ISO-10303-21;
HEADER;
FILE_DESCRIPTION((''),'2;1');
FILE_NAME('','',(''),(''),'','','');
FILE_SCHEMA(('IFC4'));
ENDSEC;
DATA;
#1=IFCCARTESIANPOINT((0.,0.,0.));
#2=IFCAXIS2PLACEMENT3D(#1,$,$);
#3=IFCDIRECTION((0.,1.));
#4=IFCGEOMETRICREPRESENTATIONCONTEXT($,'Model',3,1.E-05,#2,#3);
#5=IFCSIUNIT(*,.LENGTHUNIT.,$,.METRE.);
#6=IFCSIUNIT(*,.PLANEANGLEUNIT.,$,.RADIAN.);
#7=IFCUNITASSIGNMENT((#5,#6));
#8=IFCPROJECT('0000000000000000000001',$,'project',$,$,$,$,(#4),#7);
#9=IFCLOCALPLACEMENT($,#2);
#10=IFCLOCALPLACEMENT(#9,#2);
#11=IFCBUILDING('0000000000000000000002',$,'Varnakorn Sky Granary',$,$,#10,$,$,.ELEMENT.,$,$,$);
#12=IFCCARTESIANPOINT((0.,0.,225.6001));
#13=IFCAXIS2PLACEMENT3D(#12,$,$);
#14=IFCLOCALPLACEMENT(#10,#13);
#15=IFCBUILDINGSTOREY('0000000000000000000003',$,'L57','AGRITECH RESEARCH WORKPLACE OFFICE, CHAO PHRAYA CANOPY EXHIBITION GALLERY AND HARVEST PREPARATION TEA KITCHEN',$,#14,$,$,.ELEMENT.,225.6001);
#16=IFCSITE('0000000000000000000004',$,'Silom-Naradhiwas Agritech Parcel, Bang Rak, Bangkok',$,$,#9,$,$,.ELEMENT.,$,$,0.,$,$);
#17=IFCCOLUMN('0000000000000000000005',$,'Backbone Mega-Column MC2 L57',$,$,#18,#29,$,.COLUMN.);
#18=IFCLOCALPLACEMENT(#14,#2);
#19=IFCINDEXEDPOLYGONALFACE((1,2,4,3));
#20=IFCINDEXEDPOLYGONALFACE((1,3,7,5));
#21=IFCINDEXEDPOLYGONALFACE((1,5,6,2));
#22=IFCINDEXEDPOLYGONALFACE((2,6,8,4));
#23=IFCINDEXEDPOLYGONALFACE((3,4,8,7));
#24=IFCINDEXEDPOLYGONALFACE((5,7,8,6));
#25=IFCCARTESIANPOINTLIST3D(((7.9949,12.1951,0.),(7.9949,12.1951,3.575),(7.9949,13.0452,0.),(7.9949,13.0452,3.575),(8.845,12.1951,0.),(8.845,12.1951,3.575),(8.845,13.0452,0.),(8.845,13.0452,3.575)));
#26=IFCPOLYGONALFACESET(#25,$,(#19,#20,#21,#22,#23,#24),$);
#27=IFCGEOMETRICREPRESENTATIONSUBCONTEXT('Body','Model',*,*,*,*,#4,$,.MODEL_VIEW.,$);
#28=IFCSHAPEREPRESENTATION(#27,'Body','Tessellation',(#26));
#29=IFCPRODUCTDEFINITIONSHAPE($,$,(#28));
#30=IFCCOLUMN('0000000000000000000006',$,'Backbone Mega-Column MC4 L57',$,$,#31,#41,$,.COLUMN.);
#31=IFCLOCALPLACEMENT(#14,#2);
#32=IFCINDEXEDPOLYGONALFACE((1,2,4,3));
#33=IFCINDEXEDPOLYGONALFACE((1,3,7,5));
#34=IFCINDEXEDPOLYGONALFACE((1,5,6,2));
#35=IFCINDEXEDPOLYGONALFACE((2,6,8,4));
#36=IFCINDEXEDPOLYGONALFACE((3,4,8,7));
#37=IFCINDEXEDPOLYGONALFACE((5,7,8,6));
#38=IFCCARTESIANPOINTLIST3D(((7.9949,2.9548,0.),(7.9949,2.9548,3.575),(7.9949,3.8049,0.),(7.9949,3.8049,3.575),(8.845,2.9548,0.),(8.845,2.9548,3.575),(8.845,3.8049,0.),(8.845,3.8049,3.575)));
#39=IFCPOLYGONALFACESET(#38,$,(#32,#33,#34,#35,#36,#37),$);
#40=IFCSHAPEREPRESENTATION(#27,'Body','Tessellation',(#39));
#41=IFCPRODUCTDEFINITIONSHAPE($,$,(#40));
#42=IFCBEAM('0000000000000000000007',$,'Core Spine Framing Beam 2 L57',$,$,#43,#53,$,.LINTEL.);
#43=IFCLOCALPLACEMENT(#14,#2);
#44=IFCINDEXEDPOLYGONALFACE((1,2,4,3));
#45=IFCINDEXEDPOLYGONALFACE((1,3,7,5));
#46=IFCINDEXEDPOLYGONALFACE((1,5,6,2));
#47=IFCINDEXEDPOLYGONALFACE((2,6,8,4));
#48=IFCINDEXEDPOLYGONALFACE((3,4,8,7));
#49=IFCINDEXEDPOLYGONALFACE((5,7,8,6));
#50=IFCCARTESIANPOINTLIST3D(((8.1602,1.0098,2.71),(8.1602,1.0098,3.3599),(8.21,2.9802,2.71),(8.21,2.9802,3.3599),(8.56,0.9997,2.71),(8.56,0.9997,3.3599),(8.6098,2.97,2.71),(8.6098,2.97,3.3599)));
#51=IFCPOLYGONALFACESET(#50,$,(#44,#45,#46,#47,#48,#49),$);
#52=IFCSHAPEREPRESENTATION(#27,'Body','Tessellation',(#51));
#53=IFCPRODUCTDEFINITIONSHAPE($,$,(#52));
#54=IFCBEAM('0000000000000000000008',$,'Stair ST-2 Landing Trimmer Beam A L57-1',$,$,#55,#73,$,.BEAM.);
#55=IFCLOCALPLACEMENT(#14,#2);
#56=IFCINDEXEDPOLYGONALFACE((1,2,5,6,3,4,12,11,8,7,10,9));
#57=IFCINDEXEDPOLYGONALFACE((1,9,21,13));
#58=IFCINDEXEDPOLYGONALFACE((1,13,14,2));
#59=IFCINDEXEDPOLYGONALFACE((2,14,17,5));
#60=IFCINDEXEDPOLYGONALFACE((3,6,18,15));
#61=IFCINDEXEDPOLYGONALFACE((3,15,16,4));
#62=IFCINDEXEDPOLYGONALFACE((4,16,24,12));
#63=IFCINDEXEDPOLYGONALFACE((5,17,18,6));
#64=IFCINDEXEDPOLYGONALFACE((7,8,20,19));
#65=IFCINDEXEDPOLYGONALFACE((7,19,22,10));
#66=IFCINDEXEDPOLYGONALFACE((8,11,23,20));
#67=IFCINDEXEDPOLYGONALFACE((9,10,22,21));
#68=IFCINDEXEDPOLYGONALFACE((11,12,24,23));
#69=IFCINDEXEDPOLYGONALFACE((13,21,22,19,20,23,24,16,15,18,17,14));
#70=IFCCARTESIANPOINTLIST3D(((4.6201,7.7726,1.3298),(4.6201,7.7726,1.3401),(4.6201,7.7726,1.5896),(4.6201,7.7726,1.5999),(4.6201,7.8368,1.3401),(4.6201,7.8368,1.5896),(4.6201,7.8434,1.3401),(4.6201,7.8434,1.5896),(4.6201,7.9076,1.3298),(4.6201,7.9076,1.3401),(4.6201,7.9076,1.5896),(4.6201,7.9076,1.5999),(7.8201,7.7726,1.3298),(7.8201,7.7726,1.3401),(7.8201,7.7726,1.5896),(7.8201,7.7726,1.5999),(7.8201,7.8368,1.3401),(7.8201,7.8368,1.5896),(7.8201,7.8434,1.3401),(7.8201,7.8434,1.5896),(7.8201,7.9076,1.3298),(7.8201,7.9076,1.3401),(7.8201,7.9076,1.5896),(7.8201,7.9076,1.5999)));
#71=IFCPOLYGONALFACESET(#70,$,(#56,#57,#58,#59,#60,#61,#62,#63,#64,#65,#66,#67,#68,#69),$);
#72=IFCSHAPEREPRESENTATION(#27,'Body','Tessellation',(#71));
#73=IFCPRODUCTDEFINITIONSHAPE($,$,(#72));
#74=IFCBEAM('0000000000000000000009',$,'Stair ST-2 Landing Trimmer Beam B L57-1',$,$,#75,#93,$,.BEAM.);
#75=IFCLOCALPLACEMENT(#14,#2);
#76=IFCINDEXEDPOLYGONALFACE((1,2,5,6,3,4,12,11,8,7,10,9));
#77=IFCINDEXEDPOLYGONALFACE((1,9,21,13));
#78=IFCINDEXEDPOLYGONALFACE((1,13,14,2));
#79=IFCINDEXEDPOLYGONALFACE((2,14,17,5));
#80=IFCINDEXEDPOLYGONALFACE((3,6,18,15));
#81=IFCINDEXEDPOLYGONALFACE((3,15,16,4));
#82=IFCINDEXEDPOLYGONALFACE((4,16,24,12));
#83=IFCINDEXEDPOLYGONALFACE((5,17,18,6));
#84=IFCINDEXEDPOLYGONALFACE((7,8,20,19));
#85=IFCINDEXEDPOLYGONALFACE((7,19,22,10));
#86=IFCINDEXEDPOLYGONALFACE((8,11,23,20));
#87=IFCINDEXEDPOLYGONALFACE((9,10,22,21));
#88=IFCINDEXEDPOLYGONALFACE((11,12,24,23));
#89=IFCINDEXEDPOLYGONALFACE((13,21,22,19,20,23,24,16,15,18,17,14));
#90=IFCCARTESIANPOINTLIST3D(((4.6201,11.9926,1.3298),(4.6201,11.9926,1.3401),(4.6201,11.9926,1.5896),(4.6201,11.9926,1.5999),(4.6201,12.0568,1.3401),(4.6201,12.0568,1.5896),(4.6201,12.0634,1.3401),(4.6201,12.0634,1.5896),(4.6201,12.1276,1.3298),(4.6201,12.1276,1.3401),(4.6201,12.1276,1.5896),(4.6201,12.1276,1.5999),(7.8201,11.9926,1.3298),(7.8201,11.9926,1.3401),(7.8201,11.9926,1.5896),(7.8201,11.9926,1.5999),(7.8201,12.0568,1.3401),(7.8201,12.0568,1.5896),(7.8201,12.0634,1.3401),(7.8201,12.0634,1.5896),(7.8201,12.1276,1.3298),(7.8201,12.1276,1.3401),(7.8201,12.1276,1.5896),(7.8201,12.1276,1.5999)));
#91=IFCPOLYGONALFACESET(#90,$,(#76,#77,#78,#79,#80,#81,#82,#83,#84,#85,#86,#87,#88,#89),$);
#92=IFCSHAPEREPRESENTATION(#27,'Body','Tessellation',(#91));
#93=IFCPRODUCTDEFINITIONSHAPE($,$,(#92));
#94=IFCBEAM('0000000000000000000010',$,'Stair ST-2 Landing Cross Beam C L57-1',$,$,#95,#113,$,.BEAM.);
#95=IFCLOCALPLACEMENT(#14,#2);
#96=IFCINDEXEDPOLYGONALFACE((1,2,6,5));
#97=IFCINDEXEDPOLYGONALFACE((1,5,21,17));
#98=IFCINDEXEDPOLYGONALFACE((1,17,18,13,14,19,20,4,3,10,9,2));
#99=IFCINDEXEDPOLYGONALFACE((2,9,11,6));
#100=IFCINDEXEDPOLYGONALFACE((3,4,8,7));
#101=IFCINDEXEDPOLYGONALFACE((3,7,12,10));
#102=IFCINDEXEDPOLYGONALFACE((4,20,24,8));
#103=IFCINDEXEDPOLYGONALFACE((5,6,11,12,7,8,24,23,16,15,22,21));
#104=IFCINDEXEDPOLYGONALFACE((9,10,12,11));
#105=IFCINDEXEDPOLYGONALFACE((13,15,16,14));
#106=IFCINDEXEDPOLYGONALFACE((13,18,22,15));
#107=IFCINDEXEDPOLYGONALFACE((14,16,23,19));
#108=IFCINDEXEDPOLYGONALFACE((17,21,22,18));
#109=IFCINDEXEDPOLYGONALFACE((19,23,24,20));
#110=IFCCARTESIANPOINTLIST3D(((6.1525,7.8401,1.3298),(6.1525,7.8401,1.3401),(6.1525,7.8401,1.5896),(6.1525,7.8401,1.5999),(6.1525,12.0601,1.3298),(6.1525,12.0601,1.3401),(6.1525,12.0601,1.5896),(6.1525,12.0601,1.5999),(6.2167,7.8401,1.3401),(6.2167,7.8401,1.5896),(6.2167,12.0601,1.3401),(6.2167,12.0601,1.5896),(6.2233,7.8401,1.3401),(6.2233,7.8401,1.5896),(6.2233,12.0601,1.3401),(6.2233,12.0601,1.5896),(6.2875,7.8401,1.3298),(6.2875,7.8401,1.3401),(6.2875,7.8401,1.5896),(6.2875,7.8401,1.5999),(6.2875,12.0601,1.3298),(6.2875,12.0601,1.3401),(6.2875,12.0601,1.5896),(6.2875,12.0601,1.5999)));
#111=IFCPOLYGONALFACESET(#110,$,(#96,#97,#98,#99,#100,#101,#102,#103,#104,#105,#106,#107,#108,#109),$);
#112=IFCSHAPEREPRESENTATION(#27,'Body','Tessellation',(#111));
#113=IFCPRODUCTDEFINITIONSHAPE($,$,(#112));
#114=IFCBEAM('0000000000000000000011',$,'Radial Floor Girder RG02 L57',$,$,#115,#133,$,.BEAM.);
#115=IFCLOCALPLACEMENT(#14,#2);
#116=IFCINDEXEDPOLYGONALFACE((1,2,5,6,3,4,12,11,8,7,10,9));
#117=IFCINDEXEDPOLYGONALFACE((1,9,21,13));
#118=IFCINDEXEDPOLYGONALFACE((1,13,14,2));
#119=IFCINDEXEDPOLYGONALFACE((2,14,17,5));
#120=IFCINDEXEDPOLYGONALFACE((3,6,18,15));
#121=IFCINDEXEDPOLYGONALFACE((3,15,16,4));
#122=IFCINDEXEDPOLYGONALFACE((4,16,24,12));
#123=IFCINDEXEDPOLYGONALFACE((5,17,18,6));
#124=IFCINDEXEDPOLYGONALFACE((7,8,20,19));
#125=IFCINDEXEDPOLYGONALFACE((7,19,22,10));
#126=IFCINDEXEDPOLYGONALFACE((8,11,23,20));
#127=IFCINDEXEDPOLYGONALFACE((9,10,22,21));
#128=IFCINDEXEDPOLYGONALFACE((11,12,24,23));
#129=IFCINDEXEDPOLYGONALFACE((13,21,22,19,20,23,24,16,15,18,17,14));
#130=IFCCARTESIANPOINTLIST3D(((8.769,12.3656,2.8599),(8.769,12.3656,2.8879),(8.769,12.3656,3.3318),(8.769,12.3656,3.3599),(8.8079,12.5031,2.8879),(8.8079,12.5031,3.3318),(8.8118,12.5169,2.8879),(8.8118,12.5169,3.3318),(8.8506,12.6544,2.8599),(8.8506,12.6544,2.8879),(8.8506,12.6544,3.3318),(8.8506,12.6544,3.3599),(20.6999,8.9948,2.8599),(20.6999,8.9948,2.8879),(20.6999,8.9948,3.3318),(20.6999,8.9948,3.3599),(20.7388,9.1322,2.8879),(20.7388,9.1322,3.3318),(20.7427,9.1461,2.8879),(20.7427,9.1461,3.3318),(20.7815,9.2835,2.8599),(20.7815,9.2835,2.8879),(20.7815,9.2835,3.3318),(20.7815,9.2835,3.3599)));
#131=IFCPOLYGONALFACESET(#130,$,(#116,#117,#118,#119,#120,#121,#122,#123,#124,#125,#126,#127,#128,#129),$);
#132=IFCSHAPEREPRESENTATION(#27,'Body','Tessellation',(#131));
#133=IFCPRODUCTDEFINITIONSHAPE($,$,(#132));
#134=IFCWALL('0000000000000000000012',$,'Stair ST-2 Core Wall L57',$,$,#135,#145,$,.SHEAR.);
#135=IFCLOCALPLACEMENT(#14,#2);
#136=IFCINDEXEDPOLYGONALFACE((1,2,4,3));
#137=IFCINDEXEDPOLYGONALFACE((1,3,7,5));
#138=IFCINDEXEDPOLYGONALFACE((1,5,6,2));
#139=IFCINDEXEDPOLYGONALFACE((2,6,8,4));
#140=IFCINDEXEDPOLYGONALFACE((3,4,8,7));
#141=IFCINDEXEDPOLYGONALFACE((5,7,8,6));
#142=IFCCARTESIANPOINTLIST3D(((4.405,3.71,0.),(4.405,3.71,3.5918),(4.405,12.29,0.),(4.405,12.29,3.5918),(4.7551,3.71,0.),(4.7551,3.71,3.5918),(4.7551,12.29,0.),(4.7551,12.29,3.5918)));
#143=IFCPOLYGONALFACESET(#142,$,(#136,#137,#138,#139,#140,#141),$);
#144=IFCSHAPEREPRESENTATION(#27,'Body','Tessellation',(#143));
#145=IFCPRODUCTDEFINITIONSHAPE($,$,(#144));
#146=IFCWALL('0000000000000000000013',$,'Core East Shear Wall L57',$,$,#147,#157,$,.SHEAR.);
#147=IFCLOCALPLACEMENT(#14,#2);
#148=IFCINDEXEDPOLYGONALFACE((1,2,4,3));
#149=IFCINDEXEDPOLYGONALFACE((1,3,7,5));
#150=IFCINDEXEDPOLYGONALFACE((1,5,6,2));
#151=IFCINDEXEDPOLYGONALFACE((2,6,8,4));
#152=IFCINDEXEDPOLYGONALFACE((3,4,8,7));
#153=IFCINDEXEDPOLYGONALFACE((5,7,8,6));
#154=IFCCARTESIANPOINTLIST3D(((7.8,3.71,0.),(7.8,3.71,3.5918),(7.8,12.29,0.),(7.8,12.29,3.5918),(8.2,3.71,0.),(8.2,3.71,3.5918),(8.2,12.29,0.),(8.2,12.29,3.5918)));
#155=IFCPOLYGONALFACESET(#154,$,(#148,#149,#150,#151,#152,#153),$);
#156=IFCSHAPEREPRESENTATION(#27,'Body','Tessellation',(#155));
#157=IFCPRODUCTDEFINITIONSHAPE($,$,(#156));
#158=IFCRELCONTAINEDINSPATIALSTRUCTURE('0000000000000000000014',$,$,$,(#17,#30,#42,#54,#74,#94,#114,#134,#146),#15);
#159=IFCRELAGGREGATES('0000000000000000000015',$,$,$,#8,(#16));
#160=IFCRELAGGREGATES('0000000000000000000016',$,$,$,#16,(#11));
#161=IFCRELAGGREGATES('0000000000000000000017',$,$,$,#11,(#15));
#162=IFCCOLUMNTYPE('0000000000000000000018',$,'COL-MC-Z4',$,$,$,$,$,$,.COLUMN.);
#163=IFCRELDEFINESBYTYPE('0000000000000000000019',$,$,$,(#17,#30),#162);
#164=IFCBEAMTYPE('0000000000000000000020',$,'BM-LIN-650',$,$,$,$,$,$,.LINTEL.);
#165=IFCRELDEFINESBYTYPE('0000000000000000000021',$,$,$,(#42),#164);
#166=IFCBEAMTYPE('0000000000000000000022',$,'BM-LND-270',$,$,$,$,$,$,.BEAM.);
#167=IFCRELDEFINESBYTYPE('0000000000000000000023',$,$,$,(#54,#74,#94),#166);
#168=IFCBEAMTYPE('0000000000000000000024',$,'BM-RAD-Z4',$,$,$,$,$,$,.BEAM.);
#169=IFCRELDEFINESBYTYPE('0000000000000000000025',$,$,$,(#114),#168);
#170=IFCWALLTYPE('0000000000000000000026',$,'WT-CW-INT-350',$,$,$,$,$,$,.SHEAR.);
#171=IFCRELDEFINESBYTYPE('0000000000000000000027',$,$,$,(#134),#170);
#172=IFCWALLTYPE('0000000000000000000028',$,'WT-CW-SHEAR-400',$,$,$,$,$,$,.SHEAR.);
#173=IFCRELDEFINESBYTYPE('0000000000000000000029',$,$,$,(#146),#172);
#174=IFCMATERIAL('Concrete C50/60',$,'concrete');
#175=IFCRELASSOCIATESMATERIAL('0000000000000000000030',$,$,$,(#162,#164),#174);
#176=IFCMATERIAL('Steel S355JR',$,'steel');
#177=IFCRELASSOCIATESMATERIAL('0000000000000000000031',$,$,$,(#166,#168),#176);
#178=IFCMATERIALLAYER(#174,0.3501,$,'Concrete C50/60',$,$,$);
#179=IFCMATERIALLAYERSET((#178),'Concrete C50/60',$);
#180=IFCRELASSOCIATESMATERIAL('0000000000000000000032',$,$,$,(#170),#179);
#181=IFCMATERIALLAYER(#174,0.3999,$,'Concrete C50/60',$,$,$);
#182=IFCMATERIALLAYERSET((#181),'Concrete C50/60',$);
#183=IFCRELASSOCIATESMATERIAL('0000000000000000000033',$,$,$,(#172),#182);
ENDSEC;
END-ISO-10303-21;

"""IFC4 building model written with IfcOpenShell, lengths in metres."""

from ifc_helpers import new_model, si_unit, direction, frame, frame_2d, origin, origin_2d, place, context, subcontext, project, spatial, rectangle, i_section, extrude, material, layer, layer_set, material_profile, profile_set, type_object, element, save


model = new_model("IFC4")

# Units and contexts
model_context = context("Model", 3, precision=1e-05, world=origin(), true_north=direction((0.0, 1.0)))
body_context = subcontext(model_context, "Body", "Model", "MODEL_VIEW")
ifc_project = project(units=[si_unit("LENGTHUNIT", "METRE"), si_unit("PLANEANGLEUNIT", "RADIAN")], contexts=[model_context])

# Site, building, storey
site_placement = place(None, origin())
site = spatial("IfcSite", under=ifc_project, at=site_placement, Name="Silom-Naradhiwas Agritech Parcel, Bang Rak, Bangkok", CompositionType="ELEMENT", RefElevation=0.0)
building_placement = place(site_placement, origin())
building = spatial("IfcBuilding", under=site, at=building_placement, Name="Varnakorn Sky Granary", CompositionType="ELEMENT")
storey_placement = place(building_placement, frame((0.0, 0.0, 225.6001)))
storey = spatial("IfcBuildingStorey", under=building, at=storey_placement, Name="L57", Description="AGRITECH RESEARCH WORKPLACE OFFICE, CHAO PHRAYA CANOPY EXHIBITION GALLERY AND HARVEST PREPARATION TEA KITCHEN", CompositionType="ELEMENT", Elevation=225.6001)

# Columns
ifc_material_1 = material(Name="Concrete C50/60", Category="concrete")
ifc_material_profile_1 = material_profile(ifc_material_1, rectangle(XDim=0.8501, YDim=0.8501, at=origin_2d()), Name="RC 850x850")
ifc_profile_set_1 = profile_set([ifc_material_profile_1], Name="Concrete C50/60")
column_type = type_object("IfcColumnType", Name="COL-MC-Z4", PredefinedType="COLUMN", material=ifc_profile_set_1)
for number, where, z_axis, x_axis, name in (
    (1, (8.4199, 12.6201, 0.0), (0.0, 0.0, 1.0), (1.0, 0.0, 0.0), "Backbone Mega-Column MC2 L57"),
    (2, (8.4199, 3.3799, 0.0), (0.0, 0.0, 1.0), (1.0, 0.0, 0.0), "Backbone Mega-Column MC4 L57"),
):
    element("IfcColumn", number, at=place(storey_placement, frame(where, z_axis=z_axis, x_axis=x_axis)), inside=storey, type_object=column_type, Name=name, PredefinedType="COLUMN", context=body_context, shape_type="SweptSolid", body=[
        extrude(rectangle(XDim=0.8501, YDim=0.8501, at=origin_2d()), origin(), (0.0, 0.0, 1.0), 3.575),
    ])

# Beams
ifc_material_profile_2 = material_profile(ifc_material_1, rectangle(XDim=0.3999, YDim=0.6499, at=origin_2d()), Name="RC 400x650")
ifc_profile_set_2 = profile_set([ifc_material_profile_2], Name="Concrete C50/60")
beam_type_1 = type_object("IfcBeamType", Name="BM-LIN-650", PredefinedType="LINTEL", material=ifc_profile_set_2)
beam_1_placement = place(storey_placement, frame((8.4099, 2.9751, 3.0349), z_axis=(-0.025271, -0.999681, 0.0), x_axis=(0.999681, -0.025271, 0.0)))
element("IfcBeam", 3, at=beam_1_placement, inside=storey, type_object=beam_type_1, Name="Core Spine Framing Beam 2 L57", PredefinedType="LINTEL", context=body_context, shape_type="SweptSolid", body=[
    extrude(rectangle(XDim=0.3999, YDim=0.6499, at=origin_2d()), origin(), (0.0, 0.0, 1.0), 1.9709),
])
ifc_material_2 = material(Name="Steel S355JR", Category="steel")
ifc_material_profile_3 = material_profile(ifc_material_2, i_section(OverallWidth=0.135, OverallDepth=0.27, WebThickness=0.0066, FlangeThickness=0.0103, at=origin_2d()), Name="IPE 270")
ifc_profile_set_3 = profile_set([ifc_material_profile_3], Name="Steel S355JR")
beam_type_2 = type_object("IfcBeamType", Name="BM-LND-270", PredefinedType="BEAM", material=ifc_profile_set_3)
for number, where, z_axis, x_axis, name in (
    (4, (4.6201, 7.8401, 1.4648), (1.0, 0.0, 0.0), (0.0, 1.0, 0.0), "Stair ST-2 Landing Trimmer Beam A L57-1"),
    (5, (4.6201, 12.0601, 1.4648), (1.0, 0.0, 0.0), (0.0, 1.0, 0.0), "Stair ST-2 Landing Trimmer Beam B L57-1"),
):
    element("IfcBeam", number, at=place(storey_placement, frame(where, z_axis=z_axis, x_axis=x_axis)), inside=storey, type_object=beam_type_2, Name=name, PredefinedType="BEAM", context=body_context, shape_type="SweptSolid", body=[
        extrude(i_section(OverallWidth=0.135, OverallDepth=0.27, WebThickness=0.0066, FlangeThickness=0.0103, at=origin_2d()), origin(), (0.0, 0.0, 1.0), 3.2),
    ])
beam_2_placement = place(storey_placement, frame((6.22, 7.8401, 1.4648), z_axis=(0.0, 1.0, 0.0), x_axis=(-1.0, 0.0, 0.0)))
element("IfcBeam", 6, at=beam_2_placement, inside=storey, type_object=beam_type_2, Name="Stair ST-2 Landing Cross Beam C L57-1", PredefinedType="BEAM", context=body_context, shape_type="SweptSolid", body=[
    extrude(i_section(OverallWidth=0.135, OverallDepth=0.27, WebThickness=0.0066, FlangeThickness=0.0103, at=origin_2d()), origin(), (0.0, 0.0, 1.0), 4.22),
])
ifc_material_profile_4 = material_profile(ifc_material_2, i_section(OverallWidth=0.3, OverallDepth=0.5, WebThickness=0.0144, FlangeThickness=0.0281, at=origin_2d()), Name="HE 500 B")
ifc_profile_set_4 = profile_set([ifc_material_profile_4], Name="Steel S355JR")
beam_type_3 = type_object("IfcBeamType", Name="BM-RAD-Z4", PredefinedType="BEAM", material=ifc_profile_set_4)
beam_3_placement = place(storey_placement, frame((8.8098, 12.51, 3.1099), z_axis=(0.962329, -0.271888, 0.0), x_axis=(0.271888, 0.962329, 0.0)))
element("IfcBeam", 7, at=beam_3_placement, inside=storey, type_object=beam_type_3, Name="Radial Floor Girder RG02 L57", PredefinedType="BEAM", context=body_context, shape_type="SweptSolid", body=[
    extrude(i_section(OverallWidth=0.3, OverallDepth=0.5, WebThickness=0.0144, FlangeThickness=0.0281, at=origin_2d()), origin(), (0.0, 0.0, 1.0), 12.3979),
])

# Walls
ifc_layer_1 = layer(ifc_material_1, 0.3501, Name="Concrete C50/60")
ifc_layer_set_1 = layer_set([ifc_layer_1], Name="Concrete C50/60")
wall_type_1 = type_object("IfcWallType", Name="WT-CW-INT-350", PredefinedType="SHEAR", material=ifc_layer_set_1)
wall_1_placement = place(storey_placement, frame((4.5801, 3.71, 0.0), z_axis=(0.0, 0.0, 1.0), x_axis=(0.0, 1.0, 0.0)))
element("IfcWall", 8, at=wall_1_placement, inside=storey, type_object=wall_type_1, Name="Stair ST-2 Core Wall L57", PredefinedType="SHEAR", context=body_context, shape_type="SweptSolid", body=[
    extrude(rectangle(XDim=8.5801, YDim=0.3501, at=frame_2d((4.29, 0.0))), origin(), (0.0, 0.0, 1.0), 3.5918),
])
ifc_layer_2 = layer(ifc_material_1, 0.3999, Name="Concrete C50/60")
ifc_layer_set_2 = layer_set([ifc_layer_2], Name="Concrete C50/60")
wall_type_2 = type_object("IfcWallType", Name="WT-CW-SHEAR-400", PredefinedType="SHEAR", material=ifc_layer_set_2)
wall_2_placement = place(storey_placement, frame((8.0, 3.71, 0.0), z_axis=(0.0, 0.0, 1.0), x_axis=(0.0, 1.0, 0.0)))
element("IfcWall", 9, at=wall_2_placement, inside=storey, type_object=wall_type_2, Name="Core East Shear Wall L57", PredefinedType="SHEAR", context=body_context, shape_type="SweptSolid", body=[
    extrude(rectangle(XDim=8.5801, YDim=0.3999, at=frame_2d((4.29, 0.0))), origin(), (0.0, 0.0, 1.0), 3.5918),
])

save(model, "model.ifc")
